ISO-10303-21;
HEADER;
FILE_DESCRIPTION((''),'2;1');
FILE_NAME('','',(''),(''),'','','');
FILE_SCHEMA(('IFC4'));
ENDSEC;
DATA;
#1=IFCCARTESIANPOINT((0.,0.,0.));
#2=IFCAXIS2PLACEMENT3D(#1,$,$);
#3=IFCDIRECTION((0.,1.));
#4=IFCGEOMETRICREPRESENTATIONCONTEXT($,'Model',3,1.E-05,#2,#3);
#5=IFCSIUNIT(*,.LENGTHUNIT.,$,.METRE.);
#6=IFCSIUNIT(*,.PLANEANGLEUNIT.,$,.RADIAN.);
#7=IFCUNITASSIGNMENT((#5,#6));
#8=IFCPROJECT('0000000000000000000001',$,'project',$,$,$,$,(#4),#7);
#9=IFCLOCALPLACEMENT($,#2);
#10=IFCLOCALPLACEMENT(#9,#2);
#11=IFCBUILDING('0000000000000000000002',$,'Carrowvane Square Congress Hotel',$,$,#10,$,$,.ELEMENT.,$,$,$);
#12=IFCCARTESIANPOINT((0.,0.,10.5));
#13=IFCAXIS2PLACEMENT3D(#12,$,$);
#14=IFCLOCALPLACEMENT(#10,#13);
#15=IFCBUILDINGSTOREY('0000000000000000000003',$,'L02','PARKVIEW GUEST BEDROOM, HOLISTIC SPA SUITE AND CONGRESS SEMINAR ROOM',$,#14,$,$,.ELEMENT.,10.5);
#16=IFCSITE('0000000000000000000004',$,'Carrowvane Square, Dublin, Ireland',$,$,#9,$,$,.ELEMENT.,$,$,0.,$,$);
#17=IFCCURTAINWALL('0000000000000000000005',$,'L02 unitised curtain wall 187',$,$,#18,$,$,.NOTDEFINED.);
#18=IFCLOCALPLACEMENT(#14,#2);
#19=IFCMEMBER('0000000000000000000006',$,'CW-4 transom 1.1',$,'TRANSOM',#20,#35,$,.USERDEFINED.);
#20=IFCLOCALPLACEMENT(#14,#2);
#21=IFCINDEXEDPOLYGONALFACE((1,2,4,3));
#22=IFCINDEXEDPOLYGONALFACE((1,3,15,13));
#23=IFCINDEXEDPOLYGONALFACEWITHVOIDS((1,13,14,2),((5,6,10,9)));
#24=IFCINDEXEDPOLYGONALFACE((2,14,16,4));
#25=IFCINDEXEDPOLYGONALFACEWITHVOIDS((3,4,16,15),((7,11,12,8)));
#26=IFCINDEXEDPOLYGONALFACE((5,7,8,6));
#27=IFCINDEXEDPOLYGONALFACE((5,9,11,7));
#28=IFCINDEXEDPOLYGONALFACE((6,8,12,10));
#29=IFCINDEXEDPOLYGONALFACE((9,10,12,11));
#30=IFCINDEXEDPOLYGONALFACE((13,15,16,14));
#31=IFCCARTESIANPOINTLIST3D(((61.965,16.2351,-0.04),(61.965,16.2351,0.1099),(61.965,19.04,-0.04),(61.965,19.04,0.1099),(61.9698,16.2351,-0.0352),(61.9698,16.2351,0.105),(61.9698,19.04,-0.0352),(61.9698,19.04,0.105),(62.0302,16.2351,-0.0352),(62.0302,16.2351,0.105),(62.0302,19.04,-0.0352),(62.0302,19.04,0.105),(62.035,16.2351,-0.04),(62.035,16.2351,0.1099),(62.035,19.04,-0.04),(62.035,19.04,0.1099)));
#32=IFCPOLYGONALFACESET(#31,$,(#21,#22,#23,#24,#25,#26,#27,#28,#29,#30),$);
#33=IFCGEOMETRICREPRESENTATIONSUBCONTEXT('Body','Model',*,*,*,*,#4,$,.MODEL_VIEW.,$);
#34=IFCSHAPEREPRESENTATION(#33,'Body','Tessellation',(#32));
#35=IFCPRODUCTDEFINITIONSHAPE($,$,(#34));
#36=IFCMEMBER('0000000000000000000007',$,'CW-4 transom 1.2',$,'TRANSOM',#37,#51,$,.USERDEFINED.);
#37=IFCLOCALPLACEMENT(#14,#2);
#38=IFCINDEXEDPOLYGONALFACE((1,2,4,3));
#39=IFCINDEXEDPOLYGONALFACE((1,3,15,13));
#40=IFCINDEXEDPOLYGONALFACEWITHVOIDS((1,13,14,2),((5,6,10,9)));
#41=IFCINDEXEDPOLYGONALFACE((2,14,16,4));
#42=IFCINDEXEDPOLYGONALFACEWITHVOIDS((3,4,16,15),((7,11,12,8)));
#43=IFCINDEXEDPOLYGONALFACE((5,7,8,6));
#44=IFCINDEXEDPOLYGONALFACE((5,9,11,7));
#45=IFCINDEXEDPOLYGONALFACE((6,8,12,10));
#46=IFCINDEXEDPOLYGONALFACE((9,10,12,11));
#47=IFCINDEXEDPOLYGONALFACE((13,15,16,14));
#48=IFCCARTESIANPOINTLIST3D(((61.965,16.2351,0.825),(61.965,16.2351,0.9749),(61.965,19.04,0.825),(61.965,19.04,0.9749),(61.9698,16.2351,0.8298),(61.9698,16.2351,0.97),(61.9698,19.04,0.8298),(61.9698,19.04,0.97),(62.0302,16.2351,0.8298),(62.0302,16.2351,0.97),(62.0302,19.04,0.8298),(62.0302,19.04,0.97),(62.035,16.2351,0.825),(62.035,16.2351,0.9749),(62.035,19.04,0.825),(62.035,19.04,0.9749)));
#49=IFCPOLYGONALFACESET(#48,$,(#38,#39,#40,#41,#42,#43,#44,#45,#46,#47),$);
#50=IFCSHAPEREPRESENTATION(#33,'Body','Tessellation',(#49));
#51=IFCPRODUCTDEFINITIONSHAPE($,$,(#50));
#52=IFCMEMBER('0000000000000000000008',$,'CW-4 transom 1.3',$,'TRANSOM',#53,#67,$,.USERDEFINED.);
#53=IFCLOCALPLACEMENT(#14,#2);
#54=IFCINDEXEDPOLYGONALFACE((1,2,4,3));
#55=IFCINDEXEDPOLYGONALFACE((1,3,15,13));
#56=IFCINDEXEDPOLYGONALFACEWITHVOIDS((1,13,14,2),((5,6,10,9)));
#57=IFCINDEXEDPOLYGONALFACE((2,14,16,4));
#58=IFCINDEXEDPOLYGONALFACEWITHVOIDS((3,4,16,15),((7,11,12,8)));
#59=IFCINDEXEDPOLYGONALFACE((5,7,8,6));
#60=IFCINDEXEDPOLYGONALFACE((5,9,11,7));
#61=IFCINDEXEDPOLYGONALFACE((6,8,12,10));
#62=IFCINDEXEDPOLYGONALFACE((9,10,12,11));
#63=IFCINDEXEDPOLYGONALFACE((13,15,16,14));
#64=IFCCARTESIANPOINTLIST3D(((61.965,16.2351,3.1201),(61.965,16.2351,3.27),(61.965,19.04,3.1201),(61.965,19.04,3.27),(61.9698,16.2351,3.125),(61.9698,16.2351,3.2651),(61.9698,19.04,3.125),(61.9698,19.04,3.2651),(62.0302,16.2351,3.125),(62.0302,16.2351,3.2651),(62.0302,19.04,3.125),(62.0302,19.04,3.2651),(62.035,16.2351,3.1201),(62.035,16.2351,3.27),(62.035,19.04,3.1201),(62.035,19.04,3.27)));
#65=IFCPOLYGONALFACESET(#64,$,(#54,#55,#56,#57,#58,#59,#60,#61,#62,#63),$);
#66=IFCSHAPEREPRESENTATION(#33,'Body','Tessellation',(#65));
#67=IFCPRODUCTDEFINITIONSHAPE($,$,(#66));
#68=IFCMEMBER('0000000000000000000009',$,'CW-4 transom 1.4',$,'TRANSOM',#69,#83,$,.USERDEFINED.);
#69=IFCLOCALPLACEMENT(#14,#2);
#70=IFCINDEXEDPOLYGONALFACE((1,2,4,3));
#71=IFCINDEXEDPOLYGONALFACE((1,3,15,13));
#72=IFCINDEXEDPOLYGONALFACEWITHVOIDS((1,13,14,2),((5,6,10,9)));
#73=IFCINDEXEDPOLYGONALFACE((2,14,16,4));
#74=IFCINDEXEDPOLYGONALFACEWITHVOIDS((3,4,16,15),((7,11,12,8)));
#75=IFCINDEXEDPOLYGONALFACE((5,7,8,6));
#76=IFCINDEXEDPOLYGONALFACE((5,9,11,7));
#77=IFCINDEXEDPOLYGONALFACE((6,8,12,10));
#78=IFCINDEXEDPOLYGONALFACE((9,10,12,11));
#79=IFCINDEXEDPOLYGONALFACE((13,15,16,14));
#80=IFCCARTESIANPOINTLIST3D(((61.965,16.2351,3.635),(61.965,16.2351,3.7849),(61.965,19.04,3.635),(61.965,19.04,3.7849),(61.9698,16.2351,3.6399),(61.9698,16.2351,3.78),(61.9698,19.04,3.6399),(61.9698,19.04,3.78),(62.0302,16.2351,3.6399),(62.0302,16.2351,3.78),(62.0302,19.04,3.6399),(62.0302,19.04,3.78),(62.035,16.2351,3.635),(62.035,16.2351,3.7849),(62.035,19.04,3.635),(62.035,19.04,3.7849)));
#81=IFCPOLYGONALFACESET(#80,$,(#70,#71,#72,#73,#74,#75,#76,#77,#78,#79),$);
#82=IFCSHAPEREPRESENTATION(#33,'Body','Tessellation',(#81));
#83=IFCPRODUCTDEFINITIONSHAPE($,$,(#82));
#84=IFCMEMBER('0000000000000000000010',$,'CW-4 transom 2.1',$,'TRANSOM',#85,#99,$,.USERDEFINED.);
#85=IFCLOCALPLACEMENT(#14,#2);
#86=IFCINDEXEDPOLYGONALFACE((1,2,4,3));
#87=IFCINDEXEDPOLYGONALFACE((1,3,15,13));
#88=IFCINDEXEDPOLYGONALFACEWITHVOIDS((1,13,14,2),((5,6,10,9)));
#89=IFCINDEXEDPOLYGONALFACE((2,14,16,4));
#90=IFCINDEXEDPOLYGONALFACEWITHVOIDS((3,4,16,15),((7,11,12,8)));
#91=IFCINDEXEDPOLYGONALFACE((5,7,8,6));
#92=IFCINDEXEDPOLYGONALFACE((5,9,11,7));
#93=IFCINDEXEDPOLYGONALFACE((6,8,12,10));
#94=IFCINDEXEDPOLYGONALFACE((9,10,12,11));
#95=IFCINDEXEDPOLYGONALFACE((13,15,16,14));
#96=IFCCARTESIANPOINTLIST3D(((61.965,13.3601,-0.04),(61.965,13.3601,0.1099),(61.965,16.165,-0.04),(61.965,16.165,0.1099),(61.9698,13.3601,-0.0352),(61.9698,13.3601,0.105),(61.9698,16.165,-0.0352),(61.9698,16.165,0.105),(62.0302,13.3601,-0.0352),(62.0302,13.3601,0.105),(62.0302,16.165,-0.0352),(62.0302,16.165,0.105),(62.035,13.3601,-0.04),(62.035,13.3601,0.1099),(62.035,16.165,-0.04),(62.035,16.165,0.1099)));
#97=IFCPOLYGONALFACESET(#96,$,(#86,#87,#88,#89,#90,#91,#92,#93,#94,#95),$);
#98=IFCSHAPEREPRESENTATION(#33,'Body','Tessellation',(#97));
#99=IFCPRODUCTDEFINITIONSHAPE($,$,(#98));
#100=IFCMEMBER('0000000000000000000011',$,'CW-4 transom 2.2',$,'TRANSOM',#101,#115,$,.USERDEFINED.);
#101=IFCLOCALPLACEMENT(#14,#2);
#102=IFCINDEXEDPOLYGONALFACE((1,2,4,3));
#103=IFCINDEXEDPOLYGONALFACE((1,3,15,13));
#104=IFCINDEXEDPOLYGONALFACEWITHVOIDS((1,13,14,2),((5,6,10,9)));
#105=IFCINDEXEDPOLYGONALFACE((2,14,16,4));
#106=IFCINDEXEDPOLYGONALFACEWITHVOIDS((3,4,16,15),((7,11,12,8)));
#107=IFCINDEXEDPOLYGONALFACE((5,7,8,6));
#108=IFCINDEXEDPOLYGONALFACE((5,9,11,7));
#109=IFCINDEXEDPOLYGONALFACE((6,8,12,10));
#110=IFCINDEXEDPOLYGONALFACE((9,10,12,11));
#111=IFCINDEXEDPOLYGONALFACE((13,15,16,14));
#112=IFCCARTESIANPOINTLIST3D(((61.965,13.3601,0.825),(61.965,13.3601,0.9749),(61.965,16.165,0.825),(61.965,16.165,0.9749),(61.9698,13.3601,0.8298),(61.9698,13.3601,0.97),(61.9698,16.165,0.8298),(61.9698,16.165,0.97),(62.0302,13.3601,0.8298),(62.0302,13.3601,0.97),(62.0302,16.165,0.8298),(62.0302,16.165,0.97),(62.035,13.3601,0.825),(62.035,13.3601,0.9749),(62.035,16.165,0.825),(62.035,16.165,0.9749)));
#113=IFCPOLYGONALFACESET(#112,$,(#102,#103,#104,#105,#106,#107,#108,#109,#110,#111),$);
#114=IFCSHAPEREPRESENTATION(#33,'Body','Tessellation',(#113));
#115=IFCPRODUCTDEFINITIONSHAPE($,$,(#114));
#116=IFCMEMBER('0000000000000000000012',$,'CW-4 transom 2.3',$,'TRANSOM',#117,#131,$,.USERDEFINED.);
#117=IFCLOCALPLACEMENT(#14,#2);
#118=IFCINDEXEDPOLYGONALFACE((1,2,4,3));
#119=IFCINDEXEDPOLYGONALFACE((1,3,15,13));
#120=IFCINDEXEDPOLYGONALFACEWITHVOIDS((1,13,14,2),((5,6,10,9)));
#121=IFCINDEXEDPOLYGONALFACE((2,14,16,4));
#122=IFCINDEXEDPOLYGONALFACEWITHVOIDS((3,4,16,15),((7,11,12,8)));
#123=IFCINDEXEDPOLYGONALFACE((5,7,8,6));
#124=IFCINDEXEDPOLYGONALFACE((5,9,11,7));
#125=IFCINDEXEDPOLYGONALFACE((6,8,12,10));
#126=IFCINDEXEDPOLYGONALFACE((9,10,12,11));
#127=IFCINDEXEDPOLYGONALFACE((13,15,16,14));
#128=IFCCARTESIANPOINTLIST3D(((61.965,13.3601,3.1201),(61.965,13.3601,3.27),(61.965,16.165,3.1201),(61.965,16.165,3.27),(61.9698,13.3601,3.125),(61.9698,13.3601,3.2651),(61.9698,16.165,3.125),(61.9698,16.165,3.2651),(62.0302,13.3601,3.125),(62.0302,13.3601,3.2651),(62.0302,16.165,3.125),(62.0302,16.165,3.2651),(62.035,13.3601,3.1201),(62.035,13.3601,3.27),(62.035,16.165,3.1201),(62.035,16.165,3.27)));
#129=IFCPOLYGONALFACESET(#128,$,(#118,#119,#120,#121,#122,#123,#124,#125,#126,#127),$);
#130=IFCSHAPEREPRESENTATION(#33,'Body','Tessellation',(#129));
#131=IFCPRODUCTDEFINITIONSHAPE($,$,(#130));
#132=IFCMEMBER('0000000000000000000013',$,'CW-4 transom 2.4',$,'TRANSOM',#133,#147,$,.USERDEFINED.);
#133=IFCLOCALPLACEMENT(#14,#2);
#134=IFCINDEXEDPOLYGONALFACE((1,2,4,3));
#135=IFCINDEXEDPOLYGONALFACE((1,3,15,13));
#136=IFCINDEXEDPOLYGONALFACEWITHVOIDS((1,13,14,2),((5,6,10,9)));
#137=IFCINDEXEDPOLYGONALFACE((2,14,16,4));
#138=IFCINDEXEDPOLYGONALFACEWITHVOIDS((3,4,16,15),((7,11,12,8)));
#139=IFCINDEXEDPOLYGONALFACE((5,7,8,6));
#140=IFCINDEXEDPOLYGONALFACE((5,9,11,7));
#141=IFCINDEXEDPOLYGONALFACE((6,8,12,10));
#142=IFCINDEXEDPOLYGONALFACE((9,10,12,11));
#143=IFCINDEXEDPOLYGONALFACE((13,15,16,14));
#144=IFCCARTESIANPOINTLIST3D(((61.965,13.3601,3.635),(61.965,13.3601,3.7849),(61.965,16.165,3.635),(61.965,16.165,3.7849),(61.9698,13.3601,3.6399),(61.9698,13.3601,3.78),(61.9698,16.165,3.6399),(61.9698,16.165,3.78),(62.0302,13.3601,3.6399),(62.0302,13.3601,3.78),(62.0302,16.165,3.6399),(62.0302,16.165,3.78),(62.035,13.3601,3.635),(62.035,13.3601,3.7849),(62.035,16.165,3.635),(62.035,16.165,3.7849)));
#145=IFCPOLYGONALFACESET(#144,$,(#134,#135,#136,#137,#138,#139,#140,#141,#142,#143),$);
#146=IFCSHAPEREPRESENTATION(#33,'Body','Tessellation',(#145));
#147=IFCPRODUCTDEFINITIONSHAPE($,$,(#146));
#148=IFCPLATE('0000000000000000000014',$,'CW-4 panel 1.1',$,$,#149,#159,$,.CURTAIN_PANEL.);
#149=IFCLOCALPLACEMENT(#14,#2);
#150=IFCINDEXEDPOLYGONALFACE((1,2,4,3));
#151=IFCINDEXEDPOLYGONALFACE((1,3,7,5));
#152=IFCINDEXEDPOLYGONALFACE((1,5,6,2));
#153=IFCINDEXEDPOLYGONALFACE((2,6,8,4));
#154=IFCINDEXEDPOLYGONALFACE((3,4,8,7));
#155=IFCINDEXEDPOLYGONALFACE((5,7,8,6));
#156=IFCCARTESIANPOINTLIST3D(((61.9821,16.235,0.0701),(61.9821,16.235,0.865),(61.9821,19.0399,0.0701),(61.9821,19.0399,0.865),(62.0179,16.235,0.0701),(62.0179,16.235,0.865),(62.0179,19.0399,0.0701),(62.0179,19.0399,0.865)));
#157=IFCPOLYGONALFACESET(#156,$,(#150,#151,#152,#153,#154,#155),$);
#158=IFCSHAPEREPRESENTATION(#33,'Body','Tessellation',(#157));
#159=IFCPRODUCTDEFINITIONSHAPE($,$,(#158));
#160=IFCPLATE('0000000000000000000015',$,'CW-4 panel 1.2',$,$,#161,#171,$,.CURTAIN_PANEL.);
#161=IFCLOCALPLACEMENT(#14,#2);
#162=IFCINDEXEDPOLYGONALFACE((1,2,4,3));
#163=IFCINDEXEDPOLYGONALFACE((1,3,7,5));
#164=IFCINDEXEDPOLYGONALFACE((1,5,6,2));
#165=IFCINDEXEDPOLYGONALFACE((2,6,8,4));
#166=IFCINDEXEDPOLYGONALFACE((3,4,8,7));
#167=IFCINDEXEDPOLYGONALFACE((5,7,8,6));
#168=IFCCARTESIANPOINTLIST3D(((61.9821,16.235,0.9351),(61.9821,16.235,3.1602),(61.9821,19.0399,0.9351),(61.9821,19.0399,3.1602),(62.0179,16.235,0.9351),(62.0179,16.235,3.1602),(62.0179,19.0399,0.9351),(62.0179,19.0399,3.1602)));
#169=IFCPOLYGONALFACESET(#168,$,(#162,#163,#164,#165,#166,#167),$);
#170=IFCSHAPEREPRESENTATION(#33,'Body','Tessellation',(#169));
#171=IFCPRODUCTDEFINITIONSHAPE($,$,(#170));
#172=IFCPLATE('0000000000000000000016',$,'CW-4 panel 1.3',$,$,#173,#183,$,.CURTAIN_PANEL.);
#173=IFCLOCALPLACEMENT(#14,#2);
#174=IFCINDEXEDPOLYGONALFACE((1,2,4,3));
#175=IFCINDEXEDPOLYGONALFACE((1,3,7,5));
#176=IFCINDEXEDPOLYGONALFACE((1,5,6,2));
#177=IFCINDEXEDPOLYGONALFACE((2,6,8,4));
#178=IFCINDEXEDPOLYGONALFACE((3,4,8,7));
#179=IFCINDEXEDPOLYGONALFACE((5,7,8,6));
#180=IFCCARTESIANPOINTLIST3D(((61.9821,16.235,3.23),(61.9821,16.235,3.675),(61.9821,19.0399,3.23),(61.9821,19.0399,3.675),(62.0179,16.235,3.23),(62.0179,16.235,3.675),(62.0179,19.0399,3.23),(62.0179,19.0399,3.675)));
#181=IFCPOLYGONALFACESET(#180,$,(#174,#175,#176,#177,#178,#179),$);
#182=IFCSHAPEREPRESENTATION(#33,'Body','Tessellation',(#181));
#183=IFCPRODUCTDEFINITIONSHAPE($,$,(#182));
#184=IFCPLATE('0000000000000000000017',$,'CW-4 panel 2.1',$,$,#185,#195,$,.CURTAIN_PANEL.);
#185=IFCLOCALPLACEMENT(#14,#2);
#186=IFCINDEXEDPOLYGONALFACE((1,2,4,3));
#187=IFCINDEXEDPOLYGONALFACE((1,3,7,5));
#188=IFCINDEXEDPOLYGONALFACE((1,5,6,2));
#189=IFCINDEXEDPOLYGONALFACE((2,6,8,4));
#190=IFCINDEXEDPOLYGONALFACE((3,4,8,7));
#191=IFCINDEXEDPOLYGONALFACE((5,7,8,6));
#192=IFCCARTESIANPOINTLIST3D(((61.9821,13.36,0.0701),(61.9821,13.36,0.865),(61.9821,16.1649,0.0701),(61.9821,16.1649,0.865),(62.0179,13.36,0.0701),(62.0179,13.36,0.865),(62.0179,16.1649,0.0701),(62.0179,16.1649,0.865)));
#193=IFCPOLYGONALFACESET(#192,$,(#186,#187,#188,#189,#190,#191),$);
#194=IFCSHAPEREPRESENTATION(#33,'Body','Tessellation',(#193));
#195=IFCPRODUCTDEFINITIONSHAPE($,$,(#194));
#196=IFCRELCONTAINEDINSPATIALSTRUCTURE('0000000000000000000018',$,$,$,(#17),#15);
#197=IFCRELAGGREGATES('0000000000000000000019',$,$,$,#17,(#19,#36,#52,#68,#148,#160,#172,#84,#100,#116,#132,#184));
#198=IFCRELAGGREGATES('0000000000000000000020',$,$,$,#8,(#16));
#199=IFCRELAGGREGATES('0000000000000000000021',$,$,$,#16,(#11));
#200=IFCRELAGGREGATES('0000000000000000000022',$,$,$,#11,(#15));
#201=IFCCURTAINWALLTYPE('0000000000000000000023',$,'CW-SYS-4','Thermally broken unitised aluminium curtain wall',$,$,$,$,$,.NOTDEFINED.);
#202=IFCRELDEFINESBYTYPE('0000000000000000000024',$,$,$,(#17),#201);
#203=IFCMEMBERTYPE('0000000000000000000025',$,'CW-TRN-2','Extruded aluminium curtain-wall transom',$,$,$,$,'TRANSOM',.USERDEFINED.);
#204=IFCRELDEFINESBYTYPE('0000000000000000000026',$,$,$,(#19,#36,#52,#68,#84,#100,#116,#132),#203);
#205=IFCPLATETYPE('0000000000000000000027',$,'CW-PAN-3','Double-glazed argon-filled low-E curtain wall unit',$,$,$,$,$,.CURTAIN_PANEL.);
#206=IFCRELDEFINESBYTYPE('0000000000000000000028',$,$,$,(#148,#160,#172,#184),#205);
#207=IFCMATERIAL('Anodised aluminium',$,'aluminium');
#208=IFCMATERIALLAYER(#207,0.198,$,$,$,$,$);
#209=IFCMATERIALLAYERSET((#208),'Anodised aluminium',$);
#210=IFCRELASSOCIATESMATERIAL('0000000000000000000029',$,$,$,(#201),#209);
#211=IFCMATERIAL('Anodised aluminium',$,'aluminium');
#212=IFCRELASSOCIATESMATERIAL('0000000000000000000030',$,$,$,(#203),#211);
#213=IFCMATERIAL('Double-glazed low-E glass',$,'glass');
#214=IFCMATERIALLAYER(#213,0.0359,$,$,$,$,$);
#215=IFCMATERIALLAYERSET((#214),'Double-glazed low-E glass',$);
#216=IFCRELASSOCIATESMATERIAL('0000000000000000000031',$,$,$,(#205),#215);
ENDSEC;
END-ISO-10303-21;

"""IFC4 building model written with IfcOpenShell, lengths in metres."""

from ifc_helpers import new_model, si_unit, direction, frame, origin, origin_2d, place, context, subcontext, project, spatial, rectangle, hollow_rectangle, extrude, material, layer, layer_set, material_profile, profile_set, type_object, element, aggregate, save


model = new_model("IFC4")

# Units and contexts
model_context = context("Model", 3, precision=1e-05, world=origin(), true_north=direction((0.0, 1.0)))
body_context = subcontext(model_context, "Body", "Model", "MODEL_VIEW")
ifc_project = project(units=[si_unit("LENGTHUNIT", "METRE"), si_unit("PLANEANGLEUNIT", "RADIAN")], contexts=[model_context])

# Site, building, storey
site_placement = place(None, origin())
site = spatial("IfcSite", under=ifc_project, at=site_placement, Name="Carrowvane Square, Dublin, Ireland", CompositionType="ELEMENT", RefElevation=0.0)
building_placement = place(site_placement, origin())
building = spatial("IfcBuilding", under=site, at=building_placement, Name="Carrowvane Square Congress Hotel", CompositionType="ELEMENT")
storey_placement = place(building_placement, frame((0.0, 0.0, 10.5)))
storey = spatial("IfcBuildingStorey", under=building, at=storey_placement, Name="L02", Description="PARKVIEW GUEST BEDROOM, HOLISTIC SPA SUITE AND CONGRESS SEMINAR ROOM", CompositionType="ELEMENT", Elevation=10.5)

# Curtain wall
ifc_material_1 = material(Name="Anodised aluminium", Category="aluminium")
ifc_layer_1 = layer(ifc_material_1, 0.198)
ifc_layer_set_1 = layer_set([ifc_layer_1], Name="Anodised aluminium")
curtain_wall_type_1 = type_object("IfcCurtainWallType", Name="CW-SYS-4", Description="Thermally broken unitised aluminium curtain wall", PredefinedType="NOTDEFINED", material=ifc_layer_set_1)
curtain_wall_1_placement = place(storey_placement, origin())
curtain_wall_1 = element("IfcCurtainWall", 1, at=curtain_wall_1_placement, inside=storey, type_object=curtain_wall_type_1, Name="L02 unitised curtain wall 187", PredefinedType="NOTDEFINED")

# Members
ifc_material_2 = material(Name="Anodised aluminium", Category="aluminium")
ifc_material_profile_1 = material_profile(ifc_material_2, hollow_rectangle(XDim=0.0701, YDim=0.1499, WallThickness=0.0049, at=origin_2d()), Name="CW-TR 70x150x5")
ifc_profile_set_1 = profile_set([ifc_material_profile_1], Name="Anodised aluminium")
member_type_1 = type_object("IfcMemberType", Name="CW-TRN-2", Description="Extruded aluminium curtain-wall transom", ElementType="TRANSOM", PredefinedType="USERDEFINED", material=ifc_profile_set_1)
member_1_placement = place(storey_placement, frame((62.0, 19.04, 0.0349), z_axis=(0.0, -1.0, 0.0), x_axis=(1.0, 0.0, 0.0)))
member_1 = element("IfcMember", 2, at=member_1_placement, type_object=member_type_1, Name="CW-4 transom 1.1", ObjectType="TRANSOM", PredefinedType="USERDEFINED", context=body_context, shape_type="SweptSolid", body=[
    extrude(hollow_rectangle(XDim=0.0701, YDim=0.1499, WallThickness=0.0049, at=origin_2d()), origin(), (0.0, 0.0, 1.0), 2.8049),
])
member_2_placement = place(storey_placement, frame((62.0, 19.04, 0.8999), z_axis=(0.0, -1.0, 0.0), x_axis=(1.0, 0.0, 0.0)))
member_2 = element("IfcMember", 3, at=member_2_placement, type_object=member_type_1, Name="CW-4 transom 1.2", ObjectType="TRANSOM", PredefinedType="USERDEFINED", context=body_context, shape_type="SweptSolid", body=[
    extrude(hollow_rectangle(XDim=0.0701, YDim=0.1499, WallThickness=0.0049, at=origin_2d()), origin(), (0.0, 0.0, 1.0), 2.8049),
])
member_3_placement = place(storey_placement, frame((62.0, 19.04, 3.1951), z_axis=(0.0, -1.0, 0.0), x_axis=(1.0, 0.0, 0.0)))
member_3 = element("IfcMember", 4, at=member_3_placement, type_object=member_type_1, Name="CW-4 transom 1.3", ObjectType="TRANSOM", PredefinedType="USERDEFINED", context=body_context, shape_type="SweptSolid", body=[
    extrude(hollow_rectangle(XDim=0.0701, YDim=0.1499, WallThickness=0.0049, at=origin_2d()), origin(), (0.0, 0.0, 1.0), 2.8049),
])
member_4_placement = place(storey_placement, frame((62.0, 19.04, 3.71), z_axis=(0.0, -1.0, 0.0), x_axis=(1.0, 0.0, 0.0)))
member_4 = element("IfcMember", 5, at=member_4_placement, type_object=member_type_1, Name="CW-4 transom 1.4", ObjectType="TRANSOM", PredefinedType="USERDEFINED", context=body_context, shape_type="SweptSolid", body=[
    extrude(hollow_rectangle(XDim=0.0701, YDim=0.1499, WallThickness=0.0049, at=origin_2d()), origin(), (0.0, 0.0, 1.0), 2.8049),
])
member_5_placement = place(storey_placement, frame((62.0, 16.165, 0.0349), z_axis=(0.0, -1.0, 0.0), x_axis=(1.0, 0.0, 0.0)))
member_5 = element("IfcMember", 6, at=member_5_placement, type_object=member_type_1, Name="CW-4 transom 2.1", ObjectType="TRANSOM", PredefinedType="USERDEFINED", context=body_context, shape_type="SweptSolid", body=[
    extrude(hollow_rectangle(XDim=0.0701, YDim=0.1499, WallThickness=0.0049, at=origin_2d()), origin(), (0.0, 0.0, 1.0), 2.8049),
])
member_6_placement = place(storey_placement, frame((62.0, 16.165, 0.8999), z_axis=(0.0, -1.0, 0.0), x_axis=(1.0, 0.0, 0.0)))
member_6 = element("IfcMember", 7, at=member_6_placement, type_object=member_type_1, Name="CW-4 transom 2.2", ObjectType="TRANSOM", PredefinedType="USERDEFINED", context=body_context, shape_type="SweptSolid", body=[
    extrude(hollow_rectangle(XDim=0.0701, YDim=0.1499, WallThickness=0.0049, at=origin_2d()), origin(), (0.0, 0.0, 1.0), 2.8049),
])
member_7_placement = place(storey_placement, frame((62.0, 16.165, 3.1951), z_axis=(0.0, -1.0, 0.0), x_axis=(1.0, 0.0, 0.0)))
member_7 = element("IfcMember", 8, at=member_7_placement, type_object=member_type_1, Name="CW-4 transom 2.3", ObjectType="TRANSOM", PredefinedType="USERDEFINED", context=body_context, shape_type="SweptSolid", body=[
    extrude(hollow_rectangle(XDim=0.0701, YDim=0.1499, WallThickness=0.0049, at=origin_2d()), origin(), (0.0, 0.0, 1.0), 2.8049),
])
member_8_placement = place(storey_placement, frame((62.0, 16.165, 3.71), z_axis=(0.0, -1.0, 0.0), x_axis=(1.0, 0.0, 0.0)))
member_8 = element("IfcMember", 9, at=member_8_placement, type_object=member_type_1, Name="CW-4 transom 2.4", ObjectType="TRANSOM", PredefinedType="USERDEFINED", context=body_context, shape_type="SweptSolid", body=[
    extrude(hollow_rectangle(XDim=0.0701, YDim=0.1499, WallThickness=0.0049, at=origin_2d()), origin(), (0.0, 0.0, 1.0), 2.8049),
])

# Plates
ifc_material_3 = material(Name="Double-glazed low-E glass", Category="glass")
ifc_layer_2 = layer(ifc_material_3, 0.0359)
ifc_layer_set_2 = layer_set([ifc_layer_2], Name="Double-glazed low-E glass")
plate_type = type_object("IfcPlateType", Name="CW-PAN-3", Description="Double-glazed argon-filled low-E curtain wall unit", PredefinedType="CURTAIN_PANEL", material=ifc_layer_set_2)
plate_1_placement = place(storey_placement, frame((62.0, 17.6375, 0.0701), z_axis=(0.0, 0.0, 1.0), x_axis=(0.0, -1.0, 0.0)))
plate_1 = element("IfcPlate", 10, at=plate_1_placement, type_object=plate_type, Name="CW-4 panel 1.1", PredefinedType="CURTAIN_PANEL", context=body_context, shape_type="SweptSolid", body=[
    extrude(rectangle(XDim=2.8049, YDim=0.0359, at=origin_2d()), origin(), (0.0, 0.0, 1.0), 0.7949),
])
plate_2_placement = place(storey_placement, frame((62.0, 17.6375, 0.9351), z_axis=(0.0, 0.0, 1.0), x_axis=(0.0, -1.0, 0.0)))
plate_2 = element("IfcPlate", 11, at=plate_2_placement, type_object=plate_type, Name="CW-4 panel 1.2", PredefinedType="CURTAIN_PANEL", context=body_context, shape_type="SweptSolid", body=[
    extrude(rectangle(XDim=2.8049, YDim=0.0359, at=origin_2d()), origin(), (0.0, 0.0, 1.0), 2.2251),
])
plate_3_placement = place(storey_placement, frame((62.0, 17.6375, 3.23), z_axis=(0.0, 0.0, 1.0), x_axis=(0.0, -1.0, 0.0)))
plate_3 = element("IfcPlate", 12, at=plate_3_placement, type_object=plate_type, Name="CW-4 panel 1.3", PredefinedType="CURTAIN_PANEL", context=body_context, shape_type="SweptSolid", body=[
    extrude(rectangle(XDim=2.8049, YDim=0.0359, at=origin_2d()), origin(), (0.0, 0.0, 1.0), 0.4451),
])
plate_4_placement = place(storey_placement, frame((62.0, 14.7625, 0.0701), z_axis=(0.0, 0.0, 1.0), x_axis=(0.0, -1.0, 0.0)))
plate_4 = element("IfcPlate", 13, at=plate_4_placement, type_object=plate_type, Name="CW-4 panel 2.1", PredefinedType="CURTAIN_PANEL", context=body_context, shape_type="SweptSolid", body=[
    extrude(rectangle(XDim=2.8049, YDim=0.0359, at=origin_2d()), origin(), (0.0, 0.0, 1.0), 0.7949),
])
aggregate(curtain_wall_1, [member_1, member_2, member_3, member_4, plate_1, plate_2, plate_3, member_5, member_6, member_7, member_8, plate_4])

save(model, "model.ifc")
